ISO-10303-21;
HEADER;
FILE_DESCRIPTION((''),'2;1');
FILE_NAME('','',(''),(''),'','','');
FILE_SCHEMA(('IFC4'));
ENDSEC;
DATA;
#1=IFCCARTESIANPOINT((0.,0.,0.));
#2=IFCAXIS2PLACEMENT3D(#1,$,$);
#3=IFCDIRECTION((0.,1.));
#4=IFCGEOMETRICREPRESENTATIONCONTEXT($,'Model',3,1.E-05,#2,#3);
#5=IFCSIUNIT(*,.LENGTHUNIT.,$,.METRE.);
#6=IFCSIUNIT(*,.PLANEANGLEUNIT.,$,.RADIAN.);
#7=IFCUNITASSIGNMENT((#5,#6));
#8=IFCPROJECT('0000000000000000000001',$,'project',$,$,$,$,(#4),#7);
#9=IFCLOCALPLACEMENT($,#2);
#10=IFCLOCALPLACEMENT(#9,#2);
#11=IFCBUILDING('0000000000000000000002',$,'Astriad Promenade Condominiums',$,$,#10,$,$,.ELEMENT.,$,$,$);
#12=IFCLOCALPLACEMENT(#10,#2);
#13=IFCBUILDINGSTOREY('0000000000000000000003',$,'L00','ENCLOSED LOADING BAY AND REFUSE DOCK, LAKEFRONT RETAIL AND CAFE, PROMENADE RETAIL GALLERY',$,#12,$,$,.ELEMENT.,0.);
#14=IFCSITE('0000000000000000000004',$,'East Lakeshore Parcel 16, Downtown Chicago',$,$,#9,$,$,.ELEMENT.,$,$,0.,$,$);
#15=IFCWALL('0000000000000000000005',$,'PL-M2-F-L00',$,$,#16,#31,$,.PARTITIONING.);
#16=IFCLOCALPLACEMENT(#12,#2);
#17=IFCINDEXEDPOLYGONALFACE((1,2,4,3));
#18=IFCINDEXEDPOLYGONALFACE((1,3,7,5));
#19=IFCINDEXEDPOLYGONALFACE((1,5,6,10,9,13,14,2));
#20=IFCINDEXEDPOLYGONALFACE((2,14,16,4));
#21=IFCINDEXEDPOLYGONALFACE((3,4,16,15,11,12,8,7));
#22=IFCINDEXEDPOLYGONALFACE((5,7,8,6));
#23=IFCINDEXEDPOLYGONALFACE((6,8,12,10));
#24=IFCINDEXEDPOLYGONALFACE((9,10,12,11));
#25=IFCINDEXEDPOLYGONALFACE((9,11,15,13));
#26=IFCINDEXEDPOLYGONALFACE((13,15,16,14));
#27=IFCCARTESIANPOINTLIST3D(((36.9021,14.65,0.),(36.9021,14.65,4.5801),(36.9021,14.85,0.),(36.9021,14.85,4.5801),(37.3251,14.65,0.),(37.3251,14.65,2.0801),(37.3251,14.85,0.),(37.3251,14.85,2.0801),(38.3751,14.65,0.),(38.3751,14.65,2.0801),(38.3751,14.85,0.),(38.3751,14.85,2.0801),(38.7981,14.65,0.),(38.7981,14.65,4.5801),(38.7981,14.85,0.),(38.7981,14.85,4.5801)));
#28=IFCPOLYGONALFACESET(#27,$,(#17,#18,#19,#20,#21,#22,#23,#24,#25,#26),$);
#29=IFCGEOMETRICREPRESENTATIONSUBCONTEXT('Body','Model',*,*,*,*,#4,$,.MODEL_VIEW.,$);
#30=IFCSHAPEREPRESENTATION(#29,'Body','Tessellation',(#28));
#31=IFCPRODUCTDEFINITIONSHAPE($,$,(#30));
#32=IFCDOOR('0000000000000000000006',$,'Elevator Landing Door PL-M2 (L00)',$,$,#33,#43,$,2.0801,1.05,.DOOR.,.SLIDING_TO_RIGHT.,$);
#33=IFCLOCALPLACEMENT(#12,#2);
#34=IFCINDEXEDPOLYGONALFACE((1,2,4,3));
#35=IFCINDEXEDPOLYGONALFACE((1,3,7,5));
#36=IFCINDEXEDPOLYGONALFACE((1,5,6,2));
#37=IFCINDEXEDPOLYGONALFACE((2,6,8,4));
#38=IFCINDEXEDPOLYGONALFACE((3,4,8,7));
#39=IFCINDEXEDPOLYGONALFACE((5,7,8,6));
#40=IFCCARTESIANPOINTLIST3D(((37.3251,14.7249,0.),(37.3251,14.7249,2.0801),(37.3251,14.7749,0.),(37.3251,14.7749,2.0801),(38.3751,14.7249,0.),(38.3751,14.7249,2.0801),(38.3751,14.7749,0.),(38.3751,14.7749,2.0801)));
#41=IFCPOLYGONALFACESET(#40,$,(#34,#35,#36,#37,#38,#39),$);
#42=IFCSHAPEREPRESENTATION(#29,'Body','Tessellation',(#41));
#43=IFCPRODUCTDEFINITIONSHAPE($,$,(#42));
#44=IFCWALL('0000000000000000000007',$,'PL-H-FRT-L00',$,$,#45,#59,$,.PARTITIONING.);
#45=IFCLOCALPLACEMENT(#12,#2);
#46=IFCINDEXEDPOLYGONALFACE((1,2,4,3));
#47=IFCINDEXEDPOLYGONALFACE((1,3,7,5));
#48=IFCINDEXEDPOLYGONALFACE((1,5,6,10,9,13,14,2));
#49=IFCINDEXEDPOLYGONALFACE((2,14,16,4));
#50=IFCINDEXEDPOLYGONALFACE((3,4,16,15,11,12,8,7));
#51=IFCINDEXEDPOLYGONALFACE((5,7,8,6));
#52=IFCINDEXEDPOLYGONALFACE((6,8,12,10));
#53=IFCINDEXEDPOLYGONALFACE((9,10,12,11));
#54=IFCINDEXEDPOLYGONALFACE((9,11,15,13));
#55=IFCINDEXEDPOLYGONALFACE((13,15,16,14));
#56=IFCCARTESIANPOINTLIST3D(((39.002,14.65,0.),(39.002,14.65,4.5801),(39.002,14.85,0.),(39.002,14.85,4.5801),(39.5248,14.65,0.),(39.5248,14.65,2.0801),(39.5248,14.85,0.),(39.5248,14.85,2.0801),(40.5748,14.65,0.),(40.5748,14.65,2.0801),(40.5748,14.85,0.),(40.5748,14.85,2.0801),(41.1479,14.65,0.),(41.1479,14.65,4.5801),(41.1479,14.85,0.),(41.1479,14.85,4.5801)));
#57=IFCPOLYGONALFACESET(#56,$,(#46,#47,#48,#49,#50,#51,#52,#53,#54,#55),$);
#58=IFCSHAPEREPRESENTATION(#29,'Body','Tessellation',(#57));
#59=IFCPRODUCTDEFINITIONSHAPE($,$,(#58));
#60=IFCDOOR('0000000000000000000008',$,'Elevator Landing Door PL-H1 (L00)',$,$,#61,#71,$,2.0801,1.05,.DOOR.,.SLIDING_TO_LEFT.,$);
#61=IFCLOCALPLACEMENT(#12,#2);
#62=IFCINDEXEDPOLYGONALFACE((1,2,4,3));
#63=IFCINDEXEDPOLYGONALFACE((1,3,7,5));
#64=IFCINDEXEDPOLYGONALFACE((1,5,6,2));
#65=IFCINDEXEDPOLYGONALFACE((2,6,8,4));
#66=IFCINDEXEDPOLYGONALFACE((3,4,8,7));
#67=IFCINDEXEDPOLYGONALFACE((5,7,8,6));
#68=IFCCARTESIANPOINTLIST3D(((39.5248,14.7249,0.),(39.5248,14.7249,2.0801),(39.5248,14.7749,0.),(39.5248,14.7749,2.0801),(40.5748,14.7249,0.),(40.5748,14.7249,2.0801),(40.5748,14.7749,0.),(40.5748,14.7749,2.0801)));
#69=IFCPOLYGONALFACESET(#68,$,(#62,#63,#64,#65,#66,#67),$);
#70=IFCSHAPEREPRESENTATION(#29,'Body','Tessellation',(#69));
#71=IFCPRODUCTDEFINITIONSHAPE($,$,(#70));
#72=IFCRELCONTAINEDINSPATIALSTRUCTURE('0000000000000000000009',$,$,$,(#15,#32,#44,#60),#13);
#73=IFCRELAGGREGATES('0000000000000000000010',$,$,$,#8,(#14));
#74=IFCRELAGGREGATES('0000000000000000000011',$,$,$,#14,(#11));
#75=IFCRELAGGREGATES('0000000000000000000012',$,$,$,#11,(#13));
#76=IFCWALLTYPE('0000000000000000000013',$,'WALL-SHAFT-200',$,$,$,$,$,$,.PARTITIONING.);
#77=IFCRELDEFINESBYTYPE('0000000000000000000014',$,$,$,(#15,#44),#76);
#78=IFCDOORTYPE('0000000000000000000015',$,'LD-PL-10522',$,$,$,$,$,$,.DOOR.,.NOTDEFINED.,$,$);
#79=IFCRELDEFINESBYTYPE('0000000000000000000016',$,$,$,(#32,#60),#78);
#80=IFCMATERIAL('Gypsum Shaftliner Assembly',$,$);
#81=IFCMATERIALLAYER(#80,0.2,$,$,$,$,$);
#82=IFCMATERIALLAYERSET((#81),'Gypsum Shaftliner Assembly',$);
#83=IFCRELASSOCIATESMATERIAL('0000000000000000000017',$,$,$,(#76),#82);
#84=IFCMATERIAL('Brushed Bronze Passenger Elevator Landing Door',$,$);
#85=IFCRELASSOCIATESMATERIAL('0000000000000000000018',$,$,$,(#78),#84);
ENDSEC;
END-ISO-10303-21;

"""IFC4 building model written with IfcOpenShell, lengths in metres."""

from ifc_helpers import new_model, si_unit, direction, frame, frame_2d, origin, place, context, subcontext, project, spatial, rectangle, extrude, source, transform, mapped, material, layer, layer_set, type_object, type_shapes, element, fill, save


model = new_model("IFC4")

# Units and contexts
model_context = context("Model", 3, precision=1e-05, world=origin(), true_north=direction((0.0, 1.0)))
body_context = subcontext(model_context, "Body", "Model", "MODEL_VIEW")
ifc_project = project(units=[si_unit("LENGTHUNIT", "METRE"), si_unit("PLANEANGLEUNIT", "RADIAN")], contexts=[model_context])

# Site, building, storey
site_placement = place(None, origin())
site = spatial("IfcSite", under=ifc_project, at=site_placement, Name="East Lakeshore Parcel 16, Downtown Chicago", CompositionType="ELEMENT", RefElevation=0.0)
building_placement = place(site_placement, origin())
building = spatial("IfcBuilding", under=site, at=building_placement, Name="Astriad Promenade Condominiums", CompositionType="ELEMENT")
storey_placement = place(building_placement, origin())
storey = spatial("IfcBuildingStorey", under=building, at=storey_placement, Name="L00", Description="ENCLOSED LOADING BAY AND REFUSE DOCK, LAKEFRONT RETAIL AND CAFE, PROMENADE RETAIL GALLERY", CompositionType="ELEMENT", Elevation=0.0)

# Shared definitions
ifc_material_1 = material(Name="Gypsum Shaftliner Assembly")
ifc_layer_1 = layer(ifc_material_1, 0.2)
ifc_layer_set_1 = layer_set([ifc_layer_1], Name="Gypsum Shaftliner Assembly")
wall_type = type_object("IfcWallType", Name="WALL-SHAFT-200", PredefinedType="PARTITIONING", material=ifc_layer_set_1)

# Shared definitions
ifc_material_2 = material(Name="Brushed Bronze Passenger Elevator Landing Door")
door_type = type_object("IfcDoorType", Name="LD-PL-10522", OperationType="NOTDEFINED", PredefinedType="DOOR", material=ifc_material_2)
shared_shape_1 = source(origin(), body_context, "Body", "SweptSolid", [
    extrude(rectangle(XDim=1.05, YDim=2.0801, at=frame_2d((0.5249, 1.04))), frame((0.0, 0.0249, 0.0), z_axis=(0.0, -1.0, 0.0), x_axis=(1.0, 0.0, 0.0)), (0.0, 0.0, 1.0), 0.05),
])
type_shapes(door_type, [shared_shape_1])

# Walls, openings, doors
wall_1_placement = place(storey_placement, frame((36.9021, 14.75, 0.0), z_axis=(0.0, 0.0, 1.0), x_axis=(1.0, 0.0, 0.0)))
wall_1 = element("IfcWall", 1, at=wall_1_placement, inside=storey, type_object=wall_type, Name="PL-M2-F-L00", PredefinedType="PARTITIONING", context=body_context, shape_type="SweptSolid", body=[
    extrude(rectangle(XDim=1.896, YDim=0.2, at=frame_2d((0.948, 0.0))), origin(), (0.0, 0.0, 1.0), 4.5801),
])
opening_1_placement = place(wall_1_placement, frame((0.4231, 0.0, 0.0)))
opening_1 = element("IfcOpeningElement", 2, at=opening_1_placement, cuts=wall_1, PredefinedType="OPENING", context=body_context, shape_type="SweptSolid", body=[
    extrude(rectangle(XDim=1.05, YDim=2.0801, at=frame_2d((0.5249, 1.04))), frame((0.0, 0.1099, 0.0), z_axis=(0.0, -1.0, 0.0), x_axis=(1.0, 0.0, 0.0)), (0.0, 0.0, 1.0), 0.22),
])
door_1_placement = place(opening_1_placement, origin())
door_1 = element("IfcDoor", 3, at=door_1_placement, inside=storey, type_object=door_type, Name="Elevator Landing Door PL-M2 (L00)", OperationType="SLIDING_TO_RIGHT", OverallHeight=2.0801, OverallWidth=1.05, PredefinedType="DOOR", context=body_context, shape_type="MappedRepresentation", body=[
    mapped(shared_shape_1, transform((0.0, 0.0, 0.0), scale=1.0)),
])
fill(opening_1, door_1)
wall_2_placement = place(storey_placement, frame((39.002, 14.75, 0.0), z_axis=(0.0, 0.0, 1.0), x_axis=(1.0, 0.0, 0.0)))
wall_2 = element("IfcWall", 4, at=wall_2_placement, inside=storey, type_object=wall_type, Name="PL-H-FRT-L00", PredefinedType="PARTITIONING", context=body_context, shape_type="SweptSolid", body=[
    extrude(rectangle(XDim=2.146, YDim=0.2, at=frame_2d((1.073, 0.0))), origin(), (0.0, 0.0, 1.0), 4.5801),
])
opening_2_placement = place(wall_2_placement, frame((0.5229, 0.0, 0.0)))
opening_2 = element("IfcOpeningElement", 5, at=opening_2_placement, cuts=wall_2, PredefinedType="OPENING", context=body_context, shape_type="SweptSolid", body=[
    extrude(rectangle(XDim=1.05, YDim=2.0801, at=frame_2d((0.5249, 1.04))), frame((0.0, 0.1099, 0.0), z_axis=(0.0, -1.0, 0.0), x_axis=(1.0, 0.0, 0.0)), (0.0, 0.0, 1.0), 0.22),
])
door_2_placement = place(opening_2_placement, origin())
door_2 = element("IfcDoor", 6, at=door_2_placement, inside=storey, type_object=door_type, Name="Elevator Landing Door PL-H1 (L00)", OperationType="SLIDING_TO_LEFT", OverallHeight=2.0801, OverallWidth=1.05, PredefinedType="DOOR", context=body_context, shape_type="MappedRepresentation", body=[
    mapped(shared_shape_1, transform((0.0, 0.0, 0.0), scale=1.0)),
])
fill(opening_2, door_2)

save(model, "model.ifc")
